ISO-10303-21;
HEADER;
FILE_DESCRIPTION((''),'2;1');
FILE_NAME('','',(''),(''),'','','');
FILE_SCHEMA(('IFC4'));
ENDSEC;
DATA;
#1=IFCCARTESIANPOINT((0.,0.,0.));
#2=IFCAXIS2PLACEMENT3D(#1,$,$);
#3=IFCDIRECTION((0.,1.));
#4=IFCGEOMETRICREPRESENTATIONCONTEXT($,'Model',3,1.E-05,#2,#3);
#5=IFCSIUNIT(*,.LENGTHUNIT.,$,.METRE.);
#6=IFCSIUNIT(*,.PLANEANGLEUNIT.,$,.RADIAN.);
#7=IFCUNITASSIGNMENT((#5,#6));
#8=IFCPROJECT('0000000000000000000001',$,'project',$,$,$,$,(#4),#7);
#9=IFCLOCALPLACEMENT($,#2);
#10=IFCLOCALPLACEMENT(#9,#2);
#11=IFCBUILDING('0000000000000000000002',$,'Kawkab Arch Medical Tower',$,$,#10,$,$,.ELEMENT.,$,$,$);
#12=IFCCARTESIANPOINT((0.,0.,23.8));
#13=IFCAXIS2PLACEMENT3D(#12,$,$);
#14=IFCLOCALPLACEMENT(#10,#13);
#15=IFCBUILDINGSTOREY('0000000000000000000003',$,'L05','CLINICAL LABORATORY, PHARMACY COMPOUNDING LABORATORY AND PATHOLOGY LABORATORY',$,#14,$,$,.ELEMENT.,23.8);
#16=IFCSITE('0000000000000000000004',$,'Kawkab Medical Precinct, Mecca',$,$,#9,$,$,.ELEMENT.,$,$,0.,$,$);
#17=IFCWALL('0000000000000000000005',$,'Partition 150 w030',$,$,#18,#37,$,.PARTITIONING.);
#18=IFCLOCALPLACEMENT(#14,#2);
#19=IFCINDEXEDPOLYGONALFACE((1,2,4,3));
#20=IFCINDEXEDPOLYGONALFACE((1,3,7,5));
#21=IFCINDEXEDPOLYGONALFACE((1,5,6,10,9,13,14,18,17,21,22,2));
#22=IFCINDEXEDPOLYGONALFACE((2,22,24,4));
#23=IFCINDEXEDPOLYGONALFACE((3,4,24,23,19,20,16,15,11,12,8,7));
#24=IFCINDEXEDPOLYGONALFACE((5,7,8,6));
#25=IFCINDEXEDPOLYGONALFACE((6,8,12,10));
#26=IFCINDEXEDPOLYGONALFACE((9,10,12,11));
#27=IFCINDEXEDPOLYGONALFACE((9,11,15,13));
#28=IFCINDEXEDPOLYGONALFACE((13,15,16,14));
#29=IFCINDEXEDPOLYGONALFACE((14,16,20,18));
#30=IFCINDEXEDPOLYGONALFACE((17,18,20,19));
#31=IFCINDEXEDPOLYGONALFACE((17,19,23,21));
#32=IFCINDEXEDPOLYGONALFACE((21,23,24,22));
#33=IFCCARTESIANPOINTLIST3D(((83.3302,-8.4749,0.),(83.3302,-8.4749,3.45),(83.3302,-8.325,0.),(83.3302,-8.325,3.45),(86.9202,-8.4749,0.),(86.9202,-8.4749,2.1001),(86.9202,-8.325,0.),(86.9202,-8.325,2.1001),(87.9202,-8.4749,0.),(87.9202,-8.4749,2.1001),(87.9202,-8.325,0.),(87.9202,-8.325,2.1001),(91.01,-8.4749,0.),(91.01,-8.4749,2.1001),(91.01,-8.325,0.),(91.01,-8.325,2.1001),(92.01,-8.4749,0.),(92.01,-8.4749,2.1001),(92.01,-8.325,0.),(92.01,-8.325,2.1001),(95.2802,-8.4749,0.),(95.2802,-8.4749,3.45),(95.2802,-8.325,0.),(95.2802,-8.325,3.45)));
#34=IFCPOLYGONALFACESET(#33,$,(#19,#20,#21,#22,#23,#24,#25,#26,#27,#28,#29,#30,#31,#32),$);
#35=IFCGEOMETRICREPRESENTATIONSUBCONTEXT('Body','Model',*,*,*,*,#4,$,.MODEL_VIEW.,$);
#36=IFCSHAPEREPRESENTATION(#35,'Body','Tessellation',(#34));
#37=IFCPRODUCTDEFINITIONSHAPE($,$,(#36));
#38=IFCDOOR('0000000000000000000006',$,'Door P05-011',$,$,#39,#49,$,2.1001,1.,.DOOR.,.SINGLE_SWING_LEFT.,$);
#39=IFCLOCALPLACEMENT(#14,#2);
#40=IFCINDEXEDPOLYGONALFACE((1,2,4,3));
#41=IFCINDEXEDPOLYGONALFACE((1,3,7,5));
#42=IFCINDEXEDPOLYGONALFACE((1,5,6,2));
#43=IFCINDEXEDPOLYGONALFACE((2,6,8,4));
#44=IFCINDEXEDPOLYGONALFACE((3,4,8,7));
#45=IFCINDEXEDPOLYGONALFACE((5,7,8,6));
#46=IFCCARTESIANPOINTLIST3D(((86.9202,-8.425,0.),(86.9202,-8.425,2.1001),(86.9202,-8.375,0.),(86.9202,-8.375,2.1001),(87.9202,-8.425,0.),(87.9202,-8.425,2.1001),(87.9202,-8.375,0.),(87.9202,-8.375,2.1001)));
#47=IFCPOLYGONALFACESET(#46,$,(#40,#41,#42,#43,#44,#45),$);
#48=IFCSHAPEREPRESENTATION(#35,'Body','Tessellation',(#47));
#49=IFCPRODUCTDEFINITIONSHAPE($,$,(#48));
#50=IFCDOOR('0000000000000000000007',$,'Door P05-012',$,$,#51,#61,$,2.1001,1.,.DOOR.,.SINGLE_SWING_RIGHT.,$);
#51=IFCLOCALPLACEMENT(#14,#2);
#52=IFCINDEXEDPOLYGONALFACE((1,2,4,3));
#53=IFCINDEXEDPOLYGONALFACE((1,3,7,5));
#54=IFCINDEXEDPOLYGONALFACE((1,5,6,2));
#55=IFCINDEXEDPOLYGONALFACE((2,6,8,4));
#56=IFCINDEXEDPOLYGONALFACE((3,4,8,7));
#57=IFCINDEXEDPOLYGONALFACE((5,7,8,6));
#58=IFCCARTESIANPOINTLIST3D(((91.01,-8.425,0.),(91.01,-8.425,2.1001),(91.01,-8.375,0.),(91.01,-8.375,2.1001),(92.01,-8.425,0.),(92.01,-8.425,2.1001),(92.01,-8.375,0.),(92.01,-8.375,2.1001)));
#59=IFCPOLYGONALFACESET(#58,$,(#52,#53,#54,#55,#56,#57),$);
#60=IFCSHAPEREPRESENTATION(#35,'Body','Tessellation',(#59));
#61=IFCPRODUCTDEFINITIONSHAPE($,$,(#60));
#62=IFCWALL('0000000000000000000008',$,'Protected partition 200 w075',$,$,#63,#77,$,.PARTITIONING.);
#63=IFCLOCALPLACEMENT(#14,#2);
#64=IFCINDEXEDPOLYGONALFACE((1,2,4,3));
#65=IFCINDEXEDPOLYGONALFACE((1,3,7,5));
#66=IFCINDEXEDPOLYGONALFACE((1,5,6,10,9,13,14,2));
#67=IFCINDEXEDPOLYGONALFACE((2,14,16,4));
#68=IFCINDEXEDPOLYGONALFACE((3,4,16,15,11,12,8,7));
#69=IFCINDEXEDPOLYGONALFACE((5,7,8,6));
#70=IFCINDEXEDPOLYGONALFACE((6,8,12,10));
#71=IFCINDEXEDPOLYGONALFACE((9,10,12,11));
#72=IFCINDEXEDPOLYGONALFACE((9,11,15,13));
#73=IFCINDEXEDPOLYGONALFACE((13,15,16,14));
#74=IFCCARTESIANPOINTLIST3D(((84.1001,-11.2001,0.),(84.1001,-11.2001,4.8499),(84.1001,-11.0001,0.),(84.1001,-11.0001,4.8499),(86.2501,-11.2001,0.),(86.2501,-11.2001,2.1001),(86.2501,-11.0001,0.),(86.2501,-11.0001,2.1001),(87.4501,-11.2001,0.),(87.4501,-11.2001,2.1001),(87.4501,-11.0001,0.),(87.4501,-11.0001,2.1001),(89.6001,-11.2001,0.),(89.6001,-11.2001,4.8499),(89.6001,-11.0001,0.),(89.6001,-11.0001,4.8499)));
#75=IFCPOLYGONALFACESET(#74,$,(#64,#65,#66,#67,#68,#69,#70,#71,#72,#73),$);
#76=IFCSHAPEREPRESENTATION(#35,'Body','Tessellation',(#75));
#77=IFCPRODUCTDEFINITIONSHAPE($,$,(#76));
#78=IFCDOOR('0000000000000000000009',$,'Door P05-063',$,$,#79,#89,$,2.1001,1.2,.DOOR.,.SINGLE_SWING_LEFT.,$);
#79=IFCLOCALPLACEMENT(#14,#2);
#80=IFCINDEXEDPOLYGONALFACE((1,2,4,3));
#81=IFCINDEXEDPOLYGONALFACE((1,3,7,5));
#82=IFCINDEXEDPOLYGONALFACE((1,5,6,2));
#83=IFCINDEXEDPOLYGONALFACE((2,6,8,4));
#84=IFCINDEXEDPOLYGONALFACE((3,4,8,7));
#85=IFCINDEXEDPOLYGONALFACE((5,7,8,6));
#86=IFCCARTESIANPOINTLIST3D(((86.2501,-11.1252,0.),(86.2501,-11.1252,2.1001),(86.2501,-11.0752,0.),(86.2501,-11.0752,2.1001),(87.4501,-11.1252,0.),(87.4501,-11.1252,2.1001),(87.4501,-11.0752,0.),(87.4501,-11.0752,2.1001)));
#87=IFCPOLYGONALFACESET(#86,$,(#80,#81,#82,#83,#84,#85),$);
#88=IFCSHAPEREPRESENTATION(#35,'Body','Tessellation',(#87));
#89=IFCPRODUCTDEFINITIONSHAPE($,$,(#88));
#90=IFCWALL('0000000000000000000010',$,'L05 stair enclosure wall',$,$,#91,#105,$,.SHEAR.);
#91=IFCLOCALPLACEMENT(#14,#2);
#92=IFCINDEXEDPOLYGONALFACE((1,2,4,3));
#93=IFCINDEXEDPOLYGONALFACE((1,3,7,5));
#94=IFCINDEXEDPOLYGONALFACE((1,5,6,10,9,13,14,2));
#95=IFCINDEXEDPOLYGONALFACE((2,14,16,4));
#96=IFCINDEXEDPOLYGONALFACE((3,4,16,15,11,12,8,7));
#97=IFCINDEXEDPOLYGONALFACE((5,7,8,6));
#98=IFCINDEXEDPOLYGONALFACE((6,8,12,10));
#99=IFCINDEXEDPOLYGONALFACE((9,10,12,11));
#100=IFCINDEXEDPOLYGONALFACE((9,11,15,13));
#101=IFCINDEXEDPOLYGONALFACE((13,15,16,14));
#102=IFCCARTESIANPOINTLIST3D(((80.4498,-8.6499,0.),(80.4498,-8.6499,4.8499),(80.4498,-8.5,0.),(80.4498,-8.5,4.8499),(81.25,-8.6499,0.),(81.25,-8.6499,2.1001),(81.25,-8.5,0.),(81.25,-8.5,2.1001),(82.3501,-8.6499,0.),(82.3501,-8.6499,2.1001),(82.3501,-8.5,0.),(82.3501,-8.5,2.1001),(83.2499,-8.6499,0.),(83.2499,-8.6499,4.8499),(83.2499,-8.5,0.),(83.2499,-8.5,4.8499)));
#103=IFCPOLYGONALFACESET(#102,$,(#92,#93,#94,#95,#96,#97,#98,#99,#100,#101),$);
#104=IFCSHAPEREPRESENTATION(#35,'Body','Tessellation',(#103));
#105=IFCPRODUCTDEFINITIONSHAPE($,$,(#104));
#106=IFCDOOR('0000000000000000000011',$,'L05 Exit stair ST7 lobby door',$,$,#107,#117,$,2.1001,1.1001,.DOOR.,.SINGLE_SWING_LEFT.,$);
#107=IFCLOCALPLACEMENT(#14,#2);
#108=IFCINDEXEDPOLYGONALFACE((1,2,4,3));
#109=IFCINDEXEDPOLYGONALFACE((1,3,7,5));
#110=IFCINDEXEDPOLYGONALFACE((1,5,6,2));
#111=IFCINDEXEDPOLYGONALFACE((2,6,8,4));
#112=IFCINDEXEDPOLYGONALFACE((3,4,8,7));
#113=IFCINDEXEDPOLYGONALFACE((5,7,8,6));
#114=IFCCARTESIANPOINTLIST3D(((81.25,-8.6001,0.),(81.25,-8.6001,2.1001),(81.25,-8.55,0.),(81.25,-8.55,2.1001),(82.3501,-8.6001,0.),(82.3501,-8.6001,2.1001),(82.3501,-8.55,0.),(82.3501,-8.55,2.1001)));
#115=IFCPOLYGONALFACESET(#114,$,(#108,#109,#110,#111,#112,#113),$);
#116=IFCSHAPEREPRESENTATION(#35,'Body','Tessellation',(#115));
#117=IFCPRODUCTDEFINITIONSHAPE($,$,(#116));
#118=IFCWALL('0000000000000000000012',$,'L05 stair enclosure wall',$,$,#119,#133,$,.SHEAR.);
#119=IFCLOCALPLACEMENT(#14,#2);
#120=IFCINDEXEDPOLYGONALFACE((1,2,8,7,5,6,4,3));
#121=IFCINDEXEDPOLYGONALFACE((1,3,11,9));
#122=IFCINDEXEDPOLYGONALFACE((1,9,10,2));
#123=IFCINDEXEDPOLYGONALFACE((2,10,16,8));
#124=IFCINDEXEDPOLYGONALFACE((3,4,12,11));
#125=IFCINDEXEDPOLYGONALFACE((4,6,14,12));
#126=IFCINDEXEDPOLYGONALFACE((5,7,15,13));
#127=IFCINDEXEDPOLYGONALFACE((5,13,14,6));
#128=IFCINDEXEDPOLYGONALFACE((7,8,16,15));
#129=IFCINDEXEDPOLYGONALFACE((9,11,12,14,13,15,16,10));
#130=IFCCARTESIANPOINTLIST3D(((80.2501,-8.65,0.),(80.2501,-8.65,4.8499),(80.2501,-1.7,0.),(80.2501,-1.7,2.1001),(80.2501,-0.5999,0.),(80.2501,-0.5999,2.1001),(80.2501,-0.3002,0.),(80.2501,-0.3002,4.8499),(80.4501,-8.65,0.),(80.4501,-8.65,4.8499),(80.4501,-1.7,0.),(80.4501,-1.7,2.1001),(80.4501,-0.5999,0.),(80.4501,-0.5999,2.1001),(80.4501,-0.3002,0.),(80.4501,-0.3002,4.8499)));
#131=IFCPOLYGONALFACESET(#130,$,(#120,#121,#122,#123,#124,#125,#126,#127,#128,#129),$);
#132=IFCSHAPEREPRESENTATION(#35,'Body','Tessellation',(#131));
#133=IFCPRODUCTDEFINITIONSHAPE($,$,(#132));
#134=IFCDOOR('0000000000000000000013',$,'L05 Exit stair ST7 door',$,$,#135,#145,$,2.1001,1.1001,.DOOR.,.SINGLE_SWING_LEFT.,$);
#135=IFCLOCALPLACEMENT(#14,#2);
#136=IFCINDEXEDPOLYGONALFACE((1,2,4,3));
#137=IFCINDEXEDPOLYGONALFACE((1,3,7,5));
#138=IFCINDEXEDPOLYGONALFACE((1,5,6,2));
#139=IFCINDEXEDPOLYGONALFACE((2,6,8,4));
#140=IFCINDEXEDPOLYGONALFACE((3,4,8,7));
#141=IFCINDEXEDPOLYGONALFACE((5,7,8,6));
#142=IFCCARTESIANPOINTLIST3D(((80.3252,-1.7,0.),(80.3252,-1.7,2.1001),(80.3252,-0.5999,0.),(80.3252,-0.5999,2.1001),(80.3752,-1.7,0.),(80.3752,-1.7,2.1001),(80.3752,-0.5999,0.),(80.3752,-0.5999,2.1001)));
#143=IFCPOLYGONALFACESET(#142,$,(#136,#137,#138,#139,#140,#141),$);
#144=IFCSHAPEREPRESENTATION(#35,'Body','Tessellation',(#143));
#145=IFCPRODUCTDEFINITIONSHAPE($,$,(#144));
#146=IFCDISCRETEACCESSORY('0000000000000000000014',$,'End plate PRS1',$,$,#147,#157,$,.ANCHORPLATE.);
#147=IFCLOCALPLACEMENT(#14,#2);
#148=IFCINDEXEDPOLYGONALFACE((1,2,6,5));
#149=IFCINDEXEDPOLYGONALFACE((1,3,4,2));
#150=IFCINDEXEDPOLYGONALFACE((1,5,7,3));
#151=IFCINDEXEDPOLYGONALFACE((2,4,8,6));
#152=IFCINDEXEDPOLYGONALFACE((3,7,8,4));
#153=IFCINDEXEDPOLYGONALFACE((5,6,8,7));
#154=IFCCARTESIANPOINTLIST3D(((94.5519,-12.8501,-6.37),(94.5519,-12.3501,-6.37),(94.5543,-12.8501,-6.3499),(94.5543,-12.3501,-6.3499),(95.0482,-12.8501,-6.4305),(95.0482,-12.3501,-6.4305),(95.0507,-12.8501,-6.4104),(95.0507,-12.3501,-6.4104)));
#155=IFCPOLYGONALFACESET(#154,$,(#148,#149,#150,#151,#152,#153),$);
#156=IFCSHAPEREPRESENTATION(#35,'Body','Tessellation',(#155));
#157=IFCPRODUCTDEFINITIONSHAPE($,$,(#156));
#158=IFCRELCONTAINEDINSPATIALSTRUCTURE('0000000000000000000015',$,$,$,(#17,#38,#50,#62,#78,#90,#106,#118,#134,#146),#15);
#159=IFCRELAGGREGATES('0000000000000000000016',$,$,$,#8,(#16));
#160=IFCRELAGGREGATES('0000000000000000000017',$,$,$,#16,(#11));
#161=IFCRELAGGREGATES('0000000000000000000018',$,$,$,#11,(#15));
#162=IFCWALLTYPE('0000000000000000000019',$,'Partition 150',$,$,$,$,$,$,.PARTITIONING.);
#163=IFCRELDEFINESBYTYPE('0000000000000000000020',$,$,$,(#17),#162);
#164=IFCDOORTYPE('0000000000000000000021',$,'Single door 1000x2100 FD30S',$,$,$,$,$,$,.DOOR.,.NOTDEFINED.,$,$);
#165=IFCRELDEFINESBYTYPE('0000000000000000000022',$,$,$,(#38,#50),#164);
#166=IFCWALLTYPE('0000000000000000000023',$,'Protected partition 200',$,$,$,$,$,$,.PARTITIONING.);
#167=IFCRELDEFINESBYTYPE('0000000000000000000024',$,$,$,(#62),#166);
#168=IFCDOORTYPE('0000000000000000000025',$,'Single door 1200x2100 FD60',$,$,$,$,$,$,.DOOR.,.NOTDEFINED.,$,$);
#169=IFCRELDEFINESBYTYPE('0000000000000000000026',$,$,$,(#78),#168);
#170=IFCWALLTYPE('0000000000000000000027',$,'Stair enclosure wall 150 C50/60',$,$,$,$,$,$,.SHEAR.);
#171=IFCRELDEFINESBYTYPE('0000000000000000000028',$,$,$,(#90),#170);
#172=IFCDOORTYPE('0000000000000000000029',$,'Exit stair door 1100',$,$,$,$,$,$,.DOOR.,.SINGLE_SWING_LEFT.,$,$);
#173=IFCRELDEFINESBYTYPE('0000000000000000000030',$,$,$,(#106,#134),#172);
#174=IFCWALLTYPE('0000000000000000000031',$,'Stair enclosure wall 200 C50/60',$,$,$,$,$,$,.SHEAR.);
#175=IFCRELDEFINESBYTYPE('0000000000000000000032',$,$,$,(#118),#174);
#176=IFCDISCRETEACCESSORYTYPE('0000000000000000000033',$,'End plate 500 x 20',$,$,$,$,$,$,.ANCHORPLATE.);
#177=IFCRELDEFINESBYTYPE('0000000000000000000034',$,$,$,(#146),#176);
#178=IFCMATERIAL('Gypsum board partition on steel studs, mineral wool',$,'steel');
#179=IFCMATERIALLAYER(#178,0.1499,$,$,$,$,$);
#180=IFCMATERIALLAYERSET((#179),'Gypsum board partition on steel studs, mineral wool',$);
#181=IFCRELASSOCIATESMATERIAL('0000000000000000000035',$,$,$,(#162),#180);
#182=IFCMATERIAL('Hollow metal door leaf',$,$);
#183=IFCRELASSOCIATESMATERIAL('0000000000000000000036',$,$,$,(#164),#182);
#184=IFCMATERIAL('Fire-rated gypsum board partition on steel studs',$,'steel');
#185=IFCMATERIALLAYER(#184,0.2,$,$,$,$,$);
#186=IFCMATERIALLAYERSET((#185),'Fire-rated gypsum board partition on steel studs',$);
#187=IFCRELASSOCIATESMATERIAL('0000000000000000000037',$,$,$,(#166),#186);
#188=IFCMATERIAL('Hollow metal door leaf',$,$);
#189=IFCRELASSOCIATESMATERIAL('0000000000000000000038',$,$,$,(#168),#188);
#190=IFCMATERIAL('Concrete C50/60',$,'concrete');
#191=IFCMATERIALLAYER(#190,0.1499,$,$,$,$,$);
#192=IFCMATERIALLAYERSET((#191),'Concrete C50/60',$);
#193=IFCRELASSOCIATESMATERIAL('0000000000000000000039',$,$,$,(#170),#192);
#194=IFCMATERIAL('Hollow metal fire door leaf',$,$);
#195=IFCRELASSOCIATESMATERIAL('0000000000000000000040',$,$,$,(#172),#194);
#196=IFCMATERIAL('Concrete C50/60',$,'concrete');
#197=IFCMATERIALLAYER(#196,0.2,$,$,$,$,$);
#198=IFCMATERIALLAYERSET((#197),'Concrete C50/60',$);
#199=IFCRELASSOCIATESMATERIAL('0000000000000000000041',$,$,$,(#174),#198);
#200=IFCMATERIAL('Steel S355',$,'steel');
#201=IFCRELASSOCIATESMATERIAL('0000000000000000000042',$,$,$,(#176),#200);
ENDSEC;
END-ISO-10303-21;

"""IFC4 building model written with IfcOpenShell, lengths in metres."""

from ifc_helpers import new_model, si_unit, direction, frame, frame_2d, origin, origin_2d, place, context, subcontext, project, spatial, rectangle, extrude, material, layer, layer_set, material_profile, profile_set, type_object, element, fill, save


model = new_model("IFC4")

# Units and contexts
model_context = context("Model", 3, precision=1e-05, world=origin(), true_north=direction((0.0, 1.0)))
body_context = subcontext(model_context, "Body", "Model", "MODEL_VIEW")
ifc_project = project(units=[si_unit("LENGTHUNIT", "METRE"), si_unit("PLANEANGLEUNIT", "RADIAN")], contexts=[model_context])

# Site, building, storey
site_placement = place(None, origin())
site = spatial("IfcSite", under=ifc_project, at=site_placement, Name="Kawkab Medical Precinct, Mecca", CompositionType="ELEMENT", RefElevation=0.0)
building_placement = place(site_placement, origin())
building = spatial("IfcBuilding", under=site, at=building_placement, Name="Kawkab Arch Medical Tower", CompositionType="ELEMENT")
storey_placement = place(building_placement, frame((0.0, 0.0, 23.8)))
storey = spatial("IfcBuildingStorey", under=building, at=storey_placement, Name="L05", Description="CLINICAL LABORATORY, PHARMACY COMPOUNDING LABORATORY AND PATHOLOGY LABORATORY", CompositionType="ELEMENT", Elevation=23.8)

# Shared definitions
ifc_material_1 = material(Name="Gypsum board partition on steel studs, mineral wool", Category="steel")
ifc_layer_1 = layer(ifc_material_1, 0.1499)
ifc_layer_set_1 = layer_set([ifc_layer_1], Name="Gypsum board partition on steel studs, mineral wool")
wall_type_1 = type_object("IfcWallType", Name="Partition 150", PredefinedType="PARTITIONING", material=ifc_layer_set_1)

# Wall, openings, doors
wall_1_placement = place(storey_placement, frame((83.3301, -8.3999, 0.0), z_axis=(0.0, 0.0, 1.0), x_axis=(1.0, 0.0, 0.0)))
wall_1 = element("IfcWall", 1, at=wall_1_placement, inside=storey, type_object=wall_type_1, Name="Partition 150 w030", PredefinedType="PARTITIONING", context=body_context, shape_type="SweptSolid", body=[
    extrude(rectangle(XDim=11.95, YDim=0.1499, at=frame_2d((5.9751, 0.0))), origin(), (0.0, 0.0, 1.0), 3.45),
])
opening_1_placement = place(wall_1_placement, frame((3.5901, 0.0, 0.0)))
opening_1 = element("IfcOpeningElement", 2, at=opening_1_placement, cuts=wall_1, PredefinedType="OPENING", context=body_context, shape_type="SweptSolid", body=[
    extrude(rectangle(XDim=1.0, YDim=2.1001, at=frame_2d((0.5, 1.05))), frame((0.0, 0.085, 0.0), z_axis=(0.0, -1.0, 0.0), x_axis=(1.0, 0.0, 0.0)), (0.0, 0.0, 1.0), 0.1699),
])
opening_2_placement = place(wall_1_placement, frame((7.6799, 0.0, 0.0)))
opening_2 = element("IfcOpeningElement", 3, at=opening_2_placement, cuts=wall_1, PredefinedType="OPENING", context=body_context, shape_type="SweptSolid", body=[
    extrude(rectangle(XDim=1.0, YDim=2.1001, at=frame_2d((0.5, 1.05))), frame((0.0, 0.085, 0.0), z_axis=(0.0, -1.0, 0.0), x_axis=(1.0, 0.0, 0.0)), (0.0, 0.0, 1.0), 0.1699),
])
ifc_material_2 = material(Name="Hollow metal door leaf")
door_type_1 = type_object("IfcDoorType", Name="Single door 1000x2100 FD30S", OperationType="NOTDEFINED", PredefinedType="DOOR", material=ifc_material_2)
door_1_placement = place(opening_1_placement, origin())
door_1 = element("IfcDoor", 4, at=door_1_placement, inside=storey, type_object=door_type_1, Name="Door P05-011", OperationType="SINGLE_SWING_LEFT", OverallHeight=2.1001, OverallWidth=1.0, PredefinedType="DOOR", context=body_context, shape_type="SweptSolid", body=[
    extrude(rectangle(XDim=1.0, YDim=2.1001, at=frame_2d((0.5, 1.05))), frame((0.0, 0.0249, 0.0), z_axis=(0.0, -1.0, 0.0), x_axis=(1.0, 0.0, 0.0)), (0.0, 0.0, 1.0), 0.05),
])
fill(opening_1, door_1)
door_2_placement = place(opening_2_placement, origin())
door_2 = element("IfcDoor", 5, at=door_2_placement, inside=storey, type_object=door_type_1, Name="Door P05-012", OperationType="SINGLE_SWING_RIGHT", OverallHeight=2.1001, OverallWidth=1.0, PredefinedType="DOOR", context=body_context, shape_type="SweptSolid", body=[
    extrude(rectangle(XDim=1.0, YDim=2.1001, at=frame_2d((0.5, 1.05))), frame((0.0, 0.0249, 0.0), z_axis=(0.0, -1.0, 0.0), x_axis=(1.0, 0.0, 0.0)), (0.0, 0.0, 1.0), 0.05),
])
fill(opening_2, door_2)

# Walls, openings, doors
ifc_material_3 = material(Name="Fire-rated gypsum board partition on steel studs", Category="steel")
ifc_layer_2 = layer(ifc_material_3, 0.2)
ifc_layer_set_2 = layer_set([ifc_layer_2], Name="Fire-rated gypsum board partition on steel studs")
wall_type_2 = type_object("IfcWallType", Name="Protected partition 200", PredefinedType="PARTITIONING", material=ifc_layer_set_2)
wall_2_placement = place(storey_placement, frame((84.1001, -11.1001, 0.0), z_axis=(0.0, 0.0, 1.0), x_axis=(1.0, 0.0, 0.0)))
wall_2 = element("IfcWall", 6, at=wall_2_placement, inside=storey, type_object=wall_type_2, Name="Protected partition 200 w075", PredefinedType="PARTITIONING", context=body_context, shape_type="SweptSolid", body=[
    extrude(rectangle(XDim=5.5, YDim=0.2, at=frame_2d((2.75, 0.0))), origin(), (0.0, 0.0, 1.0), 4.8499),
])
opening_3_placement = place(wall_2_placement, frame((2.1499, 0.0, 0.0)))
opening_3 = element("IfcOpeningElement", 7, at=opening_3_placement, cuts=wall_2, PredefinedType="OPENING", context=body_context, shape_type="SweptSolid", body=[
    extrude(rectangle(XDim=1.2, YDim=2.1001, at=frame_2d((0.6001, 1.05))), frame((0.0, 0.1099, 0.0), z_axis=(0.0, -1.0, 0.0), x_axis=(1.0, 0.0, 0.0)), (0.0, 0.0, 1.0), 0.22),
])
ifc_material_4 = material(Name="Hollow metal door leaf")
door_type_2 = type_object("IfcDoorType", Name="Single door 1200x2100 FD60", OperationType="NOTDEFINED", PredefinedType="DOOR", material=ifc_material_4)
door_3_placement = place(opening_3_placement, origin())
door_3 = element("IfcDoor", 8, at=door_3_placement, inside=storey, type_object=door_type_2, Name="Door P05-063", OperationType="SINGLE_SWING_LEFT", OverallHeight=2.1001, OverallWidth=1.2, PredefinedType="DOOR", context=body_context, shape_type="SweptSolid", body=[
    extrude(rectangle(XDim=1.2, YDim=2.1001, at=frame_2d((0.6001, 1.05))), frame((0.0, 0.0249, 0.0), z_axis=(0.0, -1.0, 0.0), x_axis=(1.0, 0.0, 0.0)), (0.0, 0.0, 1.0), 0.05),
])
fill(opening_3, door_3)
ifc_material_5 = material(Name="Concrete C50/60", Category="concrete")
ifc_layer_3 = layer(ifc_material_5, 0.1499)
ifc_layer_set_3 = layer_set([ifc_layer_3], Name="Concrete C50/60")
wall_type_3 = type_object("IfcWallType", Name="Stair enclosure wall 150 C50/60", PredefinedType="SHEAR", material=ifc_layer_set_3)
wall_3_placement = place(storey_placement, frame((80.45, -8.575, 0.0), z_axis=(0.0, 0.0, 1.0), x_axis=(1.0, 0.0, 0.0)))
wall_3 = element("IfcWall", 9, at=wall_3_placement, inside=storey, type_object=wall_type_3, Name="L05 stair enclosure wall", PredefinedType="SHEAR", context=body_context, shape_type="SweptSolid", body=[
    extrude(rectangle(XDim=2.8, YDim=0.1499, at=frame_2d((1.3999, 0.0))), origin(), (0.0, 0.0, 1.0), 4.8499),
])
opening_4_placement = place(wall_3_placement, frame((0.8, 0.0, 0.0)))
opening_4 = element("IfcOpeningElement", 10, at=opening_4_placement, cuts=wall_3, PredefinedType="OPENING", context=body_context, shape_type="SweptSolid", body=[
    extrude(rectangle(XDim=1.1001, YDim=2.1001, at=frame_2d((0.55, 1.05))), frame((0.0, 0.085, 0.0), z_axis=(0.0, -1.0, 0.0), x_axis=(1.0, 0.0, 0.0)), (0.0, 0.0, 1.0), 0.1699),
])
ifc_material_6 = material(Name="Hollow metal fire door leaf")
door_type_3 = type_object("IfcDoorType", Name="Exit stair door 1100", OperationType="SINGLE_SWING_LEFT", PredefinedType="DOOR", material=ifc_material_6)
door_4_placement = place(opening_4_placement, origin())
door_4 = element("IfcDoor", 11, at=door_4_placement, inside=storey, type_object=door_type_3, Name="L05 Exit stair ST7 lobby door", OperationType="SINGLE_SWING_LEFT", OverallHeight=2.1001, OverallWidth=1.1001, PredefinedType="DOOR", context=body_context, shape_type="SweptSolid", body=[
    extrude(rectangle(XDim=1.1001, YDim=2.1001, at=frame_2d((0.55, 1.05))), frame((0.0, 0.0249, 0.0), z_axis=(0.0, -1.0, 0.0), x_axis=(1.0, 0.0, 0.0)), (0.0, 0.0, 1.0), 0.05),
])
fill(opening_4, door_4)
ifc_material_7 = material(Name="Concrete C50/60", Category="concrete")
ifc_layer_4 = layer(ifc_material_7, 0.2)
ifc_layer_set_4 = layer_set([ifc_layer_4], Name="Concrete C50/60")
wall_type_4 = type_object("IfcWallType", Name="Stair enclosure wall 200 C50/60", PredefinedType="SHEAR", material=ifc_layer_set_4)
wall_4_placement = place(storey_placement, frame((80.3501, -8.6499, 0.0), z_axis=(0.0, 0.0, 1.0), x_axis=(0.0, 1.0, 0.0)))
wall_4 = element("IfcWall", 12, at=wall_4_placement, inside=storey, type_object=wall_type_4, Name="L05 stair enclosure wall", PredefinedType="SHEAR", context=body_context, shape_type="SweptSolid", body=[
    extrude(rectangle(XDim=8.3499, YDim=0.2, at=frame_2d((4.1748, 0.0))), origin(), (0.0, 0.0, 1.0), 4.8499),
])
opening_5_placement = place(wall_4_placement, frame((6.95, 0.0, 0.0)))
opening_5 = element("IfcOpeningElement", 13, at=opening_5_placement, cuts=wall_4, PredefinedType="OPENING", context=body_context, shape_type="SweptSolid", body=[
    extrude(rectangle(XDim=1.1001, YDim=2.1001, at=frame_2d((0.55, 1.05))), frame((0.0, 0.1099, 0.0), z_axis=(0.0, -1.0, 0.0), x_axis=(1.0, 0.0, 0.0)), (0.0, 0.0, 1.0), 0.22),
])
door_5_placement = place(opening_5_placement, origin())
door_5 = element("IfcDoor", 14, at=door_5_placement, inside=storey, type_object=door_type_3, Name="L05 Exit stair ST7 door", OperationType="SINGLE_SWING_LEFT", OverallHeight=2.1001, OverallWidth=1.1001, PredefinedType="DOOR", context=body_context, shape_type="SweptSolid", body=[
    extrude(rectangle(XDim=1.1001, YDim=2.1001, at=frame_2d((0.55, 1.05))), frame((0.0, 0.0249, 0.0), z_axis=(0.0, -1.0, 0.0), x_axis=(1.0, 0.0, 0.0)), (0.0, 0.0, 1.0), 0.05),
])
fill(opening_5, door_5)

# Discrete accessory
ifc_material_8 = material(Name="Steel S355", Category="steel")
ifc_material_profile_1 = material_profile(ifc_material_8, rectangle(XDim=0.5, YDim=0.5, at=origin_2d()), Name="End plate 500 x 20")
ifc_profile_set_1 = profile_set([ifc_material_profile_1], Name="Steel S355")
discrete_accessory_type = type_object("IfcDiscreteAccessoryType", Name="End plate 500 x 20", PredefinedType="ANCHORPLATE", material=ifc_profile_set_1)
for number, where, z_axis, x_axis, name in (
    (15, (94.8025, -12.6001, -6.3801), (-0.121054, 0.0, -0.992646), (0.0, -1.0, 0.0), "End plate PRS1"),
):
    element("IfcDiscreteAccessory", number, at=place(storey_placement, frame(where, z_axis=z_axis, x_axis=x_axis)), inside=storey, type_object=discrete_accessory_type, Name=name, PredefinedType="ANCHORPLATE", context=body_context, shape_type="SweptSolid", body=[
        extrude(rectangle(XDim=0.5, YDim=0.5, at=origin_2d()), origin(), (0.0, 0.0, 1.0), 0.0203),
    ])

save(model, "model.ifc")
